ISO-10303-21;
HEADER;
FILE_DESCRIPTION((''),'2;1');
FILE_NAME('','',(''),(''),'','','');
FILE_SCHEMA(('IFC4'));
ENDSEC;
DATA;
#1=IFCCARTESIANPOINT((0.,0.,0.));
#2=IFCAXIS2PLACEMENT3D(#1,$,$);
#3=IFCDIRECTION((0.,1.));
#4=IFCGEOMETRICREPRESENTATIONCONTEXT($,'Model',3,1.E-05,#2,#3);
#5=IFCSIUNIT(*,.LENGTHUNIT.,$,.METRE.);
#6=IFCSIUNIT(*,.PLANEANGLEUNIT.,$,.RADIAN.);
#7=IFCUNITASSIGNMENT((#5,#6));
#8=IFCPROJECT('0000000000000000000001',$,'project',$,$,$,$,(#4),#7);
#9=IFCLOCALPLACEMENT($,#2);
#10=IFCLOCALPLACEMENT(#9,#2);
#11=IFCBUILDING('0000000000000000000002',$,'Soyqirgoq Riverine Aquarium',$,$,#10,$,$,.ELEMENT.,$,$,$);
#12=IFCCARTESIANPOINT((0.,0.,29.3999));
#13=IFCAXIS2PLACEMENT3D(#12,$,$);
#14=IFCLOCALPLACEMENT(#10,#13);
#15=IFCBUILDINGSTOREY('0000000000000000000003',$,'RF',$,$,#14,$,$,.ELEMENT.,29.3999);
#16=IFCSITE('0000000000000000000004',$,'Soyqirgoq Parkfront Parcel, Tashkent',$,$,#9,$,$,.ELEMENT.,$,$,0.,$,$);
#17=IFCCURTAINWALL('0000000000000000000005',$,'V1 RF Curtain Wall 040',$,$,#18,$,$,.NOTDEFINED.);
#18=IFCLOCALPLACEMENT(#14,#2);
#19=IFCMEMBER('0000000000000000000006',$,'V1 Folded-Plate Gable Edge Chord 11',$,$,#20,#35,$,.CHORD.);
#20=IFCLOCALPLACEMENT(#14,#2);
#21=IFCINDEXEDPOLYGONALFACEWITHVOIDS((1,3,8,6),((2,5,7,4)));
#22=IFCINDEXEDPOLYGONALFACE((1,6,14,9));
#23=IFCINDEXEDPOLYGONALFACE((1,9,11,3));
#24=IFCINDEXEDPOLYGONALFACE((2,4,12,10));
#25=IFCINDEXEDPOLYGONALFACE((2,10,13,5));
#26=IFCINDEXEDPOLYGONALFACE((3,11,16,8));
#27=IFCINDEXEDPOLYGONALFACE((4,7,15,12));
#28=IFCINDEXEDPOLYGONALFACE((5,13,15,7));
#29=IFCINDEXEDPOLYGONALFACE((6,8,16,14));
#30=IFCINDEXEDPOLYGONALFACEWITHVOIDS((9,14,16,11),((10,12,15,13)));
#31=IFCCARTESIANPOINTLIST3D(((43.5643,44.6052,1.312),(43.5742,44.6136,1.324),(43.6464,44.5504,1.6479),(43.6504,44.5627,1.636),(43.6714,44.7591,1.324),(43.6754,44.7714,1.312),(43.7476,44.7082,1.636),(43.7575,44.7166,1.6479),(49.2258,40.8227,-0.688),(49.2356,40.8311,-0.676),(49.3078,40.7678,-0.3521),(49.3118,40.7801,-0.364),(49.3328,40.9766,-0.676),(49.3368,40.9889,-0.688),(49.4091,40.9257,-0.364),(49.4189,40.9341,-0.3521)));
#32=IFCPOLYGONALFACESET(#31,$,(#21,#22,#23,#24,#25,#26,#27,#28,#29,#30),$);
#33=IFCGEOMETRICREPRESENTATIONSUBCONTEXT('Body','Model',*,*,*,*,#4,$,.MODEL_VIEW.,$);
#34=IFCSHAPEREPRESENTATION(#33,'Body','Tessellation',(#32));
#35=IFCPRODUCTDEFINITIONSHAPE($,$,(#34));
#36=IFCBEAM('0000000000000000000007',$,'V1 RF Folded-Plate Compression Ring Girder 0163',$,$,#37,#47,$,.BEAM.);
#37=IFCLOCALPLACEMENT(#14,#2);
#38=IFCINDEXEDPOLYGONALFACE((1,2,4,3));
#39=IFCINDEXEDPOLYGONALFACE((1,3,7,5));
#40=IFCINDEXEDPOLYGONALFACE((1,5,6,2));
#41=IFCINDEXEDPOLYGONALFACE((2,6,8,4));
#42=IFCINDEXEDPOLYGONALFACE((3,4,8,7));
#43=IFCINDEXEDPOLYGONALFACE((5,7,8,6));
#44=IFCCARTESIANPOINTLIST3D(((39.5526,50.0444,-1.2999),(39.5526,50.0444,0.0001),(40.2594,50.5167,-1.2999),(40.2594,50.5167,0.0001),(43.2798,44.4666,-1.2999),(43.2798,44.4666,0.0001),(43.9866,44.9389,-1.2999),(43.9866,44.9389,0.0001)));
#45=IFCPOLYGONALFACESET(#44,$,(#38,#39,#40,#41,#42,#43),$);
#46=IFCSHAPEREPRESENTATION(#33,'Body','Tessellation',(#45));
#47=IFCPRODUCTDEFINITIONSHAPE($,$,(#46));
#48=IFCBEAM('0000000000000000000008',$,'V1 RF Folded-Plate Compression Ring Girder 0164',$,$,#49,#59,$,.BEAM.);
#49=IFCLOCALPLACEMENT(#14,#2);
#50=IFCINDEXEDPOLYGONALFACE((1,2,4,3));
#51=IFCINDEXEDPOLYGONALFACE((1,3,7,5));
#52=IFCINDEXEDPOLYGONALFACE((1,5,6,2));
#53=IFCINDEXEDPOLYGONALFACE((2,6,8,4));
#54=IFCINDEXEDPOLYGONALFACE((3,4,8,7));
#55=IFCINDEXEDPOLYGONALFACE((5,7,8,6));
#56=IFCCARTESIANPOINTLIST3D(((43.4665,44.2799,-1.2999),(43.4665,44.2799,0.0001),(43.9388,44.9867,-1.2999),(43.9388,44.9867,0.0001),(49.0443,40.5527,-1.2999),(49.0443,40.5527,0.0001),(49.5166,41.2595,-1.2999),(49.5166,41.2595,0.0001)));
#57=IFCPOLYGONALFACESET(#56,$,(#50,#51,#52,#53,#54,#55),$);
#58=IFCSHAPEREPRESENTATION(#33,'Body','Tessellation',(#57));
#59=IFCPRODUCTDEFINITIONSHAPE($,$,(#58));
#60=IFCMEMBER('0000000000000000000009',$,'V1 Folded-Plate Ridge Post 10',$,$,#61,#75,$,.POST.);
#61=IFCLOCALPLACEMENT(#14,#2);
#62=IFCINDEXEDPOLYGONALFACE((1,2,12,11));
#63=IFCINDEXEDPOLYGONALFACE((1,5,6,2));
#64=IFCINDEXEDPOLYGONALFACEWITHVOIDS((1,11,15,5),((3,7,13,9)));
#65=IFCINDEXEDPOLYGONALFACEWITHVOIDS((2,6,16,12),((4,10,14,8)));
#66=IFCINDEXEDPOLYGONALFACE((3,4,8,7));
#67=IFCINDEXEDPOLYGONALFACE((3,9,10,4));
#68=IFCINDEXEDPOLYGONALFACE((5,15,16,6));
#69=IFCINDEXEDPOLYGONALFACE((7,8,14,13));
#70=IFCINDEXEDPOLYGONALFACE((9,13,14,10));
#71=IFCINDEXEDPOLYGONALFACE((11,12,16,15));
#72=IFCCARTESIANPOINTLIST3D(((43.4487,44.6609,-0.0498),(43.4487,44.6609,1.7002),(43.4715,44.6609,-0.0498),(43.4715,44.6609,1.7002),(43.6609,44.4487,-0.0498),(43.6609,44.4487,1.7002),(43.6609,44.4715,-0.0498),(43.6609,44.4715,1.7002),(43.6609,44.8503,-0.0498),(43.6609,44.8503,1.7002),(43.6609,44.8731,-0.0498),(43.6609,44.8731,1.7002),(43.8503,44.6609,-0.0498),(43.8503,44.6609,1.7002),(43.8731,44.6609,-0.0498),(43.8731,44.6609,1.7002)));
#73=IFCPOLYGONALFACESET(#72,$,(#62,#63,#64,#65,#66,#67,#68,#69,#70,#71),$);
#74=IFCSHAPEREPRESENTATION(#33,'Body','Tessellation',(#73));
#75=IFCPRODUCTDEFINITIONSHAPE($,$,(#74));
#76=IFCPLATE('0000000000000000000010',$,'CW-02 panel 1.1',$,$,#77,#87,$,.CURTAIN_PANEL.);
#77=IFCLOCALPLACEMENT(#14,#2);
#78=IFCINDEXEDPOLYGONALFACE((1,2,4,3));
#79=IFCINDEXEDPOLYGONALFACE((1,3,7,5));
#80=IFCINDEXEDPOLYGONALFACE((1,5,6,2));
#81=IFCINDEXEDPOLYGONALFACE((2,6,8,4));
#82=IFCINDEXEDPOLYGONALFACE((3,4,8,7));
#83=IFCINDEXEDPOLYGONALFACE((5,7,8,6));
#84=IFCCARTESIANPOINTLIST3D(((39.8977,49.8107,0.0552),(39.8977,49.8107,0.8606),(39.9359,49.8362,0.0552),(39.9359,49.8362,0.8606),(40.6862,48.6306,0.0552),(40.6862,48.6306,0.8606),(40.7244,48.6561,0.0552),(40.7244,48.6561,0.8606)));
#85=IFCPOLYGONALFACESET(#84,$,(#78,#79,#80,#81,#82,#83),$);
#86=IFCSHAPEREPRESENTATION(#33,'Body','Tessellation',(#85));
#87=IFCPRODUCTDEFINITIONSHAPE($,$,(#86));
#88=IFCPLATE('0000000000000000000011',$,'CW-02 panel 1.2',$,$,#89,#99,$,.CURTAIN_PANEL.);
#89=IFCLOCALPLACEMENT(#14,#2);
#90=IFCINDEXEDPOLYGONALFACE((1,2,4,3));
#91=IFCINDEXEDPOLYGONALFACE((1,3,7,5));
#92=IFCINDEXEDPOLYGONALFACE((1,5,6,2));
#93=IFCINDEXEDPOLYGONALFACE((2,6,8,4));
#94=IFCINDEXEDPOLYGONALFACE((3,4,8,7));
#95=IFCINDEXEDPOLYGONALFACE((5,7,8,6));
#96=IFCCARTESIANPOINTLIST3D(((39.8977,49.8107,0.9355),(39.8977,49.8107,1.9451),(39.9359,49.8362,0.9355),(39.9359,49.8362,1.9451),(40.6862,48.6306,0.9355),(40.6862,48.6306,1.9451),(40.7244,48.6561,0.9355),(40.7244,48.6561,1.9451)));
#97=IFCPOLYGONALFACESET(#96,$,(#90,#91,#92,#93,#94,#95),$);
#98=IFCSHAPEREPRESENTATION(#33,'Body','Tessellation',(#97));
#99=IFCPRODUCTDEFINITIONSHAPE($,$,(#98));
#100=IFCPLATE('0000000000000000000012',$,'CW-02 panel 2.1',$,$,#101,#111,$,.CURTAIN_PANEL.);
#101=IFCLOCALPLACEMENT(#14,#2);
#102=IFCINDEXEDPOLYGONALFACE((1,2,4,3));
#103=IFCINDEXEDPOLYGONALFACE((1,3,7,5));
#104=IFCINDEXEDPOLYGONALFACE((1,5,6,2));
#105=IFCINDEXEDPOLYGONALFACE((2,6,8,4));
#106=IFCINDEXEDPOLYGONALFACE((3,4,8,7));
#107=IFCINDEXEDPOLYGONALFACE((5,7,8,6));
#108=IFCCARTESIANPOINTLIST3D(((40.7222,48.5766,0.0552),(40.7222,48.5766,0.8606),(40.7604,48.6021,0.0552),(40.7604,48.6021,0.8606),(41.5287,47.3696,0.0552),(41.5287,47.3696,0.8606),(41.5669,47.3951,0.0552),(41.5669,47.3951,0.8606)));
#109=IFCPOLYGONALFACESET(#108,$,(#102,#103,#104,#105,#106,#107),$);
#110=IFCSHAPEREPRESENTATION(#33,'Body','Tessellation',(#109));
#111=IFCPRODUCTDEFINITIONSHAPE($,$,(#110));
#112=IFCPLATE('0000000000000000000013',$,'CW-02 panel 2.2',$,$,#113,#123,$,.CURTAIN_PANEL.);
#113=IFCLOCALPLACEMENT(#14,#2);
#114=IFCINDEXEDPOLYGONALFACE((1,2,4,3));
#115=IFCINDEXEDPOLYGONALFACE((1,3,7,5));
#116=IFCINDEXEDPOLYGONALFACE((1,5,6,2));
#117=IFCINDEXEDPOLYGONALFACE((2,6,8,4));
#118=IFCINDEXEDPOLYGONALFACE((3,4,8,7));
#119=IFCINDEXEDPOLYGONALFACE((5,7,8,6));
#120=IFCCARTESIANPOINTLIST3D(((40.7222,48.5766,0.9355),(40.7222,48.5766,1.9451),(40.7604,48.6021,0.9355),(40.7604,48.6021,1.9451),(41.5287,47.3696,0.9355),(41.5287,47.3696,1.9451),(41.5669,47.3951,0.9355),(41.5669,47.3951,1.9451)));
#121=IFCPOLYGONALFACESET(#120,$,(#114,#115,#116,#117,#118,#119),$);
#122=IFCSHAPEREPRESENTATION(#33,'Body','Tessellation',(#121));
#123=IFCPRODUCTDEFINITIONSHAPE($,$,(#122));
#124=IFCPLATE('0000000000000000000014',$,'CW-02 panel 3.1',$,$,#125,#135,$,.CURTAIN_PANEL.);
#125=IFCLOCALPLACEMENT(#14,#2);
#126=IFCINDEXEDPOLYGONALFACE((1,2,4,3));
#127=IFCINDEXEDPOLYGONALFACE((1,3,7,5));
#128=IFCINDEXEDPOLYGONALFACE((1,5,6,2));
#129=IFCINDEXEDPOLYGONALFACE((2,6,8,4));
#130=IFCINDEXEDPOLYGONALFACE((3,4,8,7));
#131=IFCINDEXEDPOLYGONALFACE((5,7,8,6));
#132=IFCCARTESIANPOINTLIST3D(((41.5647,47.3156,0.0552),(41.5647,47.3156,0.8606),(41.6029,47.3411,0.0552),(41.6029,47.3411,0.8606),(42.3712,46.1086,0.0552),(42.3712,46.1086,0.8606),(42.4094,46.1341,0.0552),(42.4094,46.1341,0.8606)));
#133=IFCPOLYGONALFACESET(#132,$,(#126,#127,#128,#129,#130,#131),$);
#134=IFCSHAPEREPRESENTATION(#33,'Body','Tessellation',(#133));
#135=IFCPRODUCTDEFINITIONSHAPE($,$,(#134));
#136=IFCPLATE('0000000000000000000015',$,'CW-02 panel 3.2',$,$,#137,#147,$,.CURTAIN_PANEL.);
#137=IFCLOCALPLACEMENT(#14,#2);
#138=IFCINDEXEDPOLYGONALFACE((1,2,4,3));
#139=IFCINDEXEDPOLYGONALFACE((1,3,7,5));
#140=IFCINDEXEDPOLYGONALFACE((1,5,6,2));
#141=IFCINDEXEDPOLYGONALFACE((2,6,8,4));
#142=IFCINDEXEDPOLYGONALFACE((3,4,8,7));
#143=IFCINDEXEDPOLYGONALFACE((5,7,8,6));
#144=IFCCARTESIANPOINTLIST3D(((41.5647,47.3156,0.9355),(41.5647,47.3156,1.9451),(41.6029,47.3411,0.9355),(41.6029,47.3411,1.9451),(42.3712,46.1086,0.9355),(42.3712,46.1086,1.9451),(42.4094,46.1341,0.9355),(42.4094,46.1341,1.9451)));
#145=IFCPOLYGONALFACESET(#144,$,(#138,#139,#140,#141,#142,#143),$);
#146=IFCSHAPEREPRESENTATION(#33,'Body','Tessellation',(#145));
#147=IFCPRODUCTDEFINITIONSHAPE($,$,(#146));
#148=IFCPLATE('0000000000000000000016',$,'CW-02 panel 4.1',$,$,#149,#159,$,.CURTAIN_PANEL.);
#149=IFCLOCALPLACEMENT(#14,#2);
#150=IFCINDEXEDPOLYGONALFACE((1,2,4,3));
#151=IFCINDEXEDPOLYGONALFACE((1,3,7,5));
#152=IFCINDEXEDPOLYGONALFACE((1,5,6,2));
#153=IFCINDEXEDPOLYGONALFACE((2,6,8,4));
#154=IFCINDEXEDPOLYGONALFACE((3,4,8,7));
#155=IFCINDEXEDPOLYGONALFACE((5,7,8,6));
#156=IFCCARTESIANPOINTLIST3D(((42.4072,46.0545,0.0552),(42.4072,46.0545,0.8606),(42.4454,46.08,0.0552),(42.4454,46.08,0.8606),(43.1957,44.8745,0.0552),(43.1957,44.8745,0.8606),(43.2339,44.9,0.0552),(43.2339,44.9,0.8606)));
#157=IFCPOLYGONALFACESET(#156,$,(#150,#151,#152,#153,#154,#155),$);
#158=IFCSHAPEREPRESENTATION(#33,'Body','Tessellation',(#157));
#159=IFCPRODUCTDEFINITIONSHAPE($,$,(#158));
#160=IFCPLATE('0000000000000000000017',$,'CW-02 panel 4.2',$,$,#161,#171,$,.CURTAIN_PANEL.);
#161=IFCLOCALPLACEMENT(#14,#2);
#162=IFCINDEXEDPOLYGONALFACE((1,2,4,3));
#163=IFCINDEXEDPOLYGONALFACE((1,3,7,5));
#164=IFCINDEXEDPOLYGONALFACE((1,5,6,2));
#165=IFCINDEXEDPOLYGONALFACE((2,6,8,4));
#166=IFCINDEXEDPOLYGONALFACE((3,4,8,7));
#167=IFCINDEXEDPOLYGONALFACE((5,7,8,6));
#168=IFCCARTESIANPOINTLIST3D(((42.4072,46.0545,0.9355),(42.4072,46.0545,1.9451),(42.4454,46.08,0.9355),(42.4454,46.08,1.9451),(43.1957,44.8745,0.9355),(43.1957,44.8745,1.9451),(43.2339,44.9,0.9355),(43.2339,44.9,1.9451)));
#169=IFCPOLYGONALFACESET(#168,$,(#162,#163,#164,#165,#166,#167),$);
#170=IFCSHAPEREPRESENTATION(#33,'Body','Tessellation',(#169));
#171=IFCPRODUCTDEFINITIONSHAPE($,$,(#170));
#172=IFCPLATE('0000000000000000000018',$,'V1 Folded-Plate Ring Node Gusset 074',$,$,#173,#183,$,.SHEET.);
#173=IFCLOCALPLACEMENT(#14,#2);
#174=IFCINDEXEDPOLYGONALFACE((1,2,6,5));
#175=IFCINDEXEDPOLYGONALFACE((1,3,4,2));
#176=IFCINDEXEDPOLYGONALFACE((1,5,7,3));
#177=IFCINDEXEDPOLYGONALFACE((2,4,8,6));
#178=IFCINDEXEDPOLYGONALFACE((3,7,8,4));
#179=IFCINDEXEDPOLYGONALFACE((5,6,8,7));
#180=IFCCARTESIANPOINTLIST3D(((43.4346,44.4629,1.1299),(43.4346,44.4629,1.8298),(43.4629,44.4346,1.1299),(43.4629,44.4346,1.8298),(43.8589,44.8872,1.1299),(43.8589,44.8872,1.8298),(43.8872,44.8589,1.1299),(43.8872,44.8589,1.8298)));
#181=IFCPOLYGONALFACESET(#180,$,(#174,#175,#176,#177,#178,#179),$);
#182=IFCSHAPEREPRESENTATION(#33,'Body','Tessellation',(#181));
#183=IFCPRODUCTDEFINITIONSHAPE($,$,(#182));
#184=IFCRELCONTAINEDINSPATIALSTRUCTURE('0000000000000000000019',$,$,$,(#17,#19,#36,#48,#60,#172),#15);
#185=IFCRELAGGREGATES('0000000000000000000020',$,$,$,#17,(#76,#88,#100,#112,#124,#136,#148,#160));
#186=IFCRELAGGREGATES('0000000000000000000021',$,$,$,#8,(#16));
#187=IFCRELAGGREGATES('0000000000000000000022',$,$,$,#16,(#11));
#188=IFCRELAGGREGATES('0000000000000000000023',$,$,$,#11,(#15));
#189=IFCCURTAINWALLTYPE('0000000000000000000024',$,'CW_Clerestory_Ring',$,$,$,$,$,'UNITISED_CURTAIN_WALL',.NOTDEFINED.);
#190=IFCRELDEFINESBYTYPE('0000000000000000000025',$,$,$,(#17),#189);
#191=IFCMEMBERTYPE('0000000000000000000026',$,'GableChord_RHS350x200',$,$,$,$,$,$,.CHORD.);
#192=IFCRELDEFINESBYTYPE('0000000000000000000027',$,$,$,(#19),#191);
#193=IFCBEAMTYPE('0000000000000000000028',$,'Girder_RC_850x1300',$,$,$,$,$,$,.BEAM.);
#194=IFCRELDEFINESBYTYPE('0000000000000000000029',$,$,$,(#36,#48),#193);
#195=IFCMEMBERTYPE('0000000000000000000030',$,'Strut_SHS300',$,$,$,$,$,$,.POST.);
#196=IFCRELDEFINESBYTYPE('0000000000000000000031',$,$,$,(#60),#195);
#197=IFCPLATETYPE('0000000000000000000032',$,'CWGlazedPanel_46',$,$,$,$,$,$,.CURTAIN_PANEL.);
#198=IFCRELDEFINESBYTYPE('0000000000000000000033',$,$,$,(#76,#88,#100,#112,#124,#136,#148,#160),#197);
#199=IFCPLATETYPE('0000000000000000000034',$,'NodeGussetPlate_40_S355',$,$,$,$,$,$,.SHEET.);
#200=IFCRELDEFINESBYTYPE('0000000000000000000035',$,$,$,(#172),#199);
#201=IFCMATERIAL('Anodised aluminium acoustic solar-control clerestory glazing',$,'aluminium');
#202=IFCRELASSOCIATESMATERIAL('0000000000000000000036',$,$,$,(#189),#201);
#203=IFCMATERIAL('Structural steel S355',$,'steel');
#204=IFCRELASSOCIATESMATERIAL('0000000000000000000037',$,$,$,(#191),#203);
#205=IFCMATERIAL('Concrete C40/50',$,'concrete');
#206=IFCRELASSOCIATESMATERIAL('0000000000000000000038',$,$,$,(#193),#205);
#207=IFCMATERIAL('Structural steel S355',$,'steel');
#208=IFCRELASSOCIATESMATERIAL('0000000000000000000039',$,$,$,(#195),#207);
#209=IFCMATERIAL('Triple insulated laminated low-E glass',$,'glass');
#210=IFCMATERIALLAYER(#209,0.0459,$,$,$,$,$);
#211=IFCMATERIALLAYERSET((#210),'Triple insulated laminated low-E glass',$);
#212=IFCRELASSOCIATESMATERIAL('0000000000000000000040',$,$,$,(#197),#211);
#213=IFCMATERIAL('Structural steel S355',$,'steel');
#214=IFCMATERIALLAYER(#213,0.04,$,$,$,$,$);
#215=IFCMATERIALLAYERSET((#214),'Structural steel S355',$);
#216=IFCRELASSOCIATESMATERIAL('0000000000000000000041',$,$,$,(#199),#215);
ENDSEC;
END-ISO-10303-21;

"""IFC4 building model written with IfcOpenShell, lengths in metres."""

from ifc_helpers import new_model, si_unit, direction, frame, origin, origin_2d, place, context, subcontext, project, spatial, rectangle, hollow_rectangle, extrude, material, layer, layer_set, material_profile, profile_set, type_object, element, aggregate, save


model = new_model("IFC4")

# Units and contexts
model_context = context("Model", 3, precision=1e-05, world=origin(), true_north=direction((0.0, 1.0)))
body_context = subcontext(model_context, "Body", "Model", "MODEL_VIEW")
ifc_project = project(units=[si_unit("LENGTHUNIT", "METRE"), si_unit("PLANEANGLEUNIT", "RADIAN")], contexts=[model_context])

# Site, building, storey
site_placement = place(None, origin())
site = spatial("IfcSite", under=ifc_project, at=site_placement, Name="Soyqirgoq Parkfront Parcel, Tashkent", CompositionType="ELEMENT", RefElevation=0.0)
building_placement = place(site_placement, origin())
building = spatial("IfcBuilding", under=site, at=building_placement, Name="Soyqirgoq Riverine Aquarium", CompositionType="ELEMENT")
storey_placement = place(building_placement, frame((0.0, 0.0, 29.3999)))
storey = spatial("IfcBuildingStorey", under=building, at=storey_placement, Name="RF", CompositionType="ELEMENT", Elevation=29.3999)

# Curtain wall
ifc_material_1 = material(Name="Anodised aluminium acoustic solar-control clerestory glazing", Category="aluminium")
curtain_wall_type = type_object("IfcCurtainWallType", Name="CW_Clerestory_Ring", ElementType="UNITISED_CURTAIN_WALL", PredefinedType="NOTDEFINED", material=ifc_material_1)
curtain_wall_1_placement = place(storey_placement, origin())
curtain_wall_1 = element("IfcCurtainWall", 1, at=curtain_wall_1_placement, inside=storey, type_object=curtain_wall_type, Name="V1 RF Curtain Wall 040", PredefinedType="NOTDEFINED")

# Member
ifc_material_2 = material(Name="Structural steel S355", Category="steel")
ifc_material_profile_1 = material_profile(ifc_material_2, hollow_rectangle(XDim=0.2, YDim=0.3501, WallThickness=0.0125, at=origin_2d()), Name="RHS 350x200x12.5")
ifc_profile_set_1 = profile_set([ifc_material_profile_1], Name="Structural steel S355")
member_type_1 = type_object("IfcMemberType", Name="GableChord_RHS350x200", PredefinedType="CHORD", material=ifc_profile_set_1)
member_1_placement = place(storey_placement, frame((43.6609, 44.6609, 1.48), z_axis=(0.797786, -0.533016, -0.281835), x_axis=(0.555536, 0.831493, 0.0)))
element("IfcMember", 2, at=member_1_placement, inside=storey, type_object=member_type_1, Name="V1 Folded-Plate Gable Edge Chord 11", PredefinedType="CHORD", context=body_context, shape_type="SweptSolid", body=[
    extrude(hollow_rectangle(XDim=0.2, YDim=0.3501, WallThickness=0.0125, at=origin_2d()), origin(), (0.0, 0.0, 1.0), 7.0964),
])

# Beams
ifc_material_3 = material(Name="Concrete C40/50", Category="concrete")
ifc_material_profile_2 = material_profile(ifc_material_3, rectangle(XDim=0.8501, YDim=1.3, at=origin_2d()), Name="RC 850x1300")
ifc_profile_set_2 = profile_set([ifc_material_profile_2], Name="Concrete C40/50")
beam_type = type_object("IfcBeamType", Name="Girder_RC_850x1300", PredefinedType="BEAM", material=ifc_profile_set_2)
for number, where, z_axis, x_axis, name in (
    (3, (39.906, 50.2805, -0.6499), (0.555598, -0.831451, 0.0), (0.831451, 0.555598, 0.0), "V1 RF Folded-Plate Compression Ring Girder 0163"),
    (4, (43.7026, 44.6333, -0.6499), (0.831451, -0.555598, 0.0), (0.555598, 0.831451, 0.0), "V1 RF Folded-Plate Compression Ring Girder 0164"),
):
    element("IfcBeam", number, at=place(storey_placement, frame(where, z_axis=z_axis, x_axis=x_axis)), inside=storey, type_object=beam_type, Name=name, PredefinedType="BEAM", context=body_context, shape_type="SweptSolid", body=[
        extrude(rectangle(XDim=0.8501, YDim=1.3, at=origin_2d()), origin(), (0.0, 0.0, 1.0), 6.7085),
    ])

# Member
ifc_material_4 = material(Name="Structural steel S355", Category="steel")
ifc_material_profile_3 = material_profile(ifc_material_4, hollow_rectangle(XDim=0.3, YDim=0.3, WallThickness=0.0161, at=origin_2d()), Name="SHS 300x300x16")
ifc_profile_set_3 = profile_set([ifc_material_profile_3], Name="Structural steel S355")
member_type_2 = type_object("IfcMemberType", Name="Strut_SHS300", PredefinedType="POST", material=ifc_profile_set_3)
member_2_placement = place(storey_placement, frame((43.6609, 44.6609, -0.0498), z_axis=(0.0, 0.0, 1.0), x_axis=(-0.707107, -0.707107, 0.0)))
element("IfcMember", 5, at=member_2_placement, inside=storey, type_object=member_type_2, Name="V1 Folded-Plate Ridge Post 10", PredefinedType="POST", context=body_context, shape_type="SweptSolid", body=[
    extrude(hollow_rectangle(XDim=0.3, YDim=0.3, WallThickness=0.0161, at=origin_2d()), origin(), (0.0, 0.0, 1.0), 1.75),
])

# Plates
ifc_material_5 = material(Name="Triple insulated laminated low-E glass", Category="glass")
ifc_layer_1 = layer(ifc_material_5, 0.0459)
ifc_layer_set_1 = layer_set([ifc_layer_1], Name="Triple insulated laminated low-E glass")
plate_type_1 = type_object("IfcPlateType", Name="CWGlazedPanel_46", PredefinedType="CURTAIN_PANEL", material=ifc_layer_set_1)
plate_1_placement = place(storey_placement, frame((40.311, 49.2334, 0.0552), z_axis=(0.0, 0.0, 1.0), x_axis=(0.555579, -0.831464, 0.0)))
plate_1 = element("IfcPlate", 6, at=plate_1_placement, type_object=plate_type_1, Name="CW-02 panel 1.1", PredefinedType="CURTAIN_PANEL", context=body_context, shape_type="SweptSolid", body=[
    extrude(rectangle(XDim=1.4192, YDim=0.0459, at=origin_2d()), origin(), (0.0, 0.0, 1.0), 0.8054),
])
plate_2_placement = place(storey_placement, frame((40.311, 49.2334, 0.9355), z_axis=(0.0, 0.0, 1.0), x_axis=(0.555579, -0.831464, 0.0)))
plate_2 = element("IfcPlate", 7, at=plate_2_placement, type_object=plate_type_1, Name="CW-02 panel 1.2", PredefinedType="CURTAIN_PANEL", context=body_context, shape_type="SweptSolid", body=[
    extrude(rectangle(XDim=1.4192, YDim=0.0459, at=origin_2d()), origin(), (0.0, 0.0, 1.0), 1.0095),
])
plate_3_placement = place(storey_placement, frame((41.1445, 47.9858, 0.0552), z_axis=(0.0, 0.0, 1.0), x_axis=(0.555579, -0.831464, 0.0)))
plate_3 = element("IfcPlate", 8, at=plate_3_placement, type_object=plate_type_1, Name="CW-02 panel 2.1", PredefinedType="CURTAIN_PANEL", context=body_context, shape_type="SweptSolid", body=[
    extrude(rectangle(XDim=1.4517, YDim=0.0459, at=origin_2d()), origin(), (0.0, 0.0, 1.0), 0.8054),
])
plate_4_placement = place(storey_placement, frame((41.1445, 47.9858, 0.9355), z_axis=(0.0, 0.0, 1.0), x_axis=(0.555579, -0.831464, 0.0)))
plate_4 = element("IfcPlate", 9, at=plate_4_placement, type_object=plate_type_1, Name="CW-02 panel 2.2", PredefinedType="CURTAIN_PANEL", context=body_context, shape_type="SweptSolid", body=[
    extrude(rectangle(XDim=1.4517, YDim=0.0459, at=origin_2d()), origin(), (0.0, 0.0, 1.0), 1.0095),
])
plate_5_placement = place(storey_placement, frame((41.9871, 46.7249, 0.0552), z_axis=(0.0, 0.0, 1.0), x_axis=(0.555579, -0.831464, 0.0)))
plate_5 = element("IfcPlate", 10, at=plate_5_placement, type_object=plate_type_1, Name="CW-02 panel 3.1", PredefinedType="CURTAIN_PANEL", context=body_context, shape_type="SweptSolid", body=[
    extrude(rectangle(XDim=1.4517, YDim=0.0459, at=origin_2d()), origin(), (0.0, 0.0, 1.0), 0.8054),
])
plate_6_placement = place(storey_placement, frame((41.9871, 46.7249, 0.9355), z_axis=(0.0, 0.0, 1.0), x_axis=(0.555579, -0.831464, 0.0)))
plate_6 = element("IfcPlate", 11, at=plate_6_placement, type_object=plate_type_1, Name="CW-02 panel 3.2", PredefinedType="CURTAIN_PANEL", context=body_context, shape_type="SweptSolid", body=[
    extrude(rectangle(XDim=1.4517, YDim=0.0459, at=origin_2d()), origin(), (0.0, 0.0, 1.0), 1.0095),
])
plate_7_placement = place(storey_placement, frame((42.8206, 45.4773, 0.0552), z_axis=(0.0, 0.0, 1.0), x_axis=(0.555579, -0.831464, 0.0)))
plate_7 = element("IfcPlate", 12, at=plate_7_placement, type_object=plate_type_1, Name="CW-02 panel 4.1", PredefinedType="CURTAIN_PANEL", context=body_context, shape_type="SweptSolid", body=[
    extrude(rectangle(XDim=1.4192, YDim=0.0459, at=origin_2d()), origin(), (0.0, 0.0, 1.0), 0.8054),
])
plate_8_placement = place(storey_placement, frame((42.8206, 45.4773, 0.9355), z_axis=(0.0, 0.0, 1.0), x_axis=(0.555579, -0.831464, 0.0)))
plate_8 = element("IfcPlate", 13, at=plate_8_placement, type_object=plate_type_1, Name="CW-02 panel 4.2", PredefinedType="CURTAIN_PANEL", context=body_context, shape_type="SweptSolid", body=[
    extrude(rectangle(XDim=1.4192, YDim=0.0459, at=origin_2d()), origin(), (0.0, 0.0, 1.0), 1.0095),
])
aggregate(curtain_wall_1, [plate_1, plate_2, plate_3, plate_4, plate_5, plate_6, plate_7, plate_8])

# Plate
ifc_material_6 = material(Name="Structural steel S355", Category="steel")
ifc_layer_2 = layer(ifc_material_6, 0.04)
ifc_layer_set_2 = layer_set([ifc_layer_2], Name="Structural steel S355")
plate_type_2 = type_object("IfcPlateType", Name="NodeGussetPlate_40_S355", PredefinedType="SHEET", material=ifc_layer_set_2)
plate_9_placement = place(storey_placement, frame((43.6609, 44.6609, 1.1299), z_axis=(0.0, 0.0, 1.0), x_axis=(-0.707107, -0.707107, 0.0)))
element("IfcPlate", 14, at=plate_9_placement, inside=storey, type_object=plate_type_2, Name="V1 Folded-Plate Ring Node Gusset 074", PredefinedType="SHEET", context=body_context, shape_type="SweptSolid", body=[
    extrude(rectangle(XDim=0.6001, YDim=0.04, at=origin_2d()), origin(), (0.0, 0.0, 1.0), 0.7),
])

save(model, "model.ifc")
